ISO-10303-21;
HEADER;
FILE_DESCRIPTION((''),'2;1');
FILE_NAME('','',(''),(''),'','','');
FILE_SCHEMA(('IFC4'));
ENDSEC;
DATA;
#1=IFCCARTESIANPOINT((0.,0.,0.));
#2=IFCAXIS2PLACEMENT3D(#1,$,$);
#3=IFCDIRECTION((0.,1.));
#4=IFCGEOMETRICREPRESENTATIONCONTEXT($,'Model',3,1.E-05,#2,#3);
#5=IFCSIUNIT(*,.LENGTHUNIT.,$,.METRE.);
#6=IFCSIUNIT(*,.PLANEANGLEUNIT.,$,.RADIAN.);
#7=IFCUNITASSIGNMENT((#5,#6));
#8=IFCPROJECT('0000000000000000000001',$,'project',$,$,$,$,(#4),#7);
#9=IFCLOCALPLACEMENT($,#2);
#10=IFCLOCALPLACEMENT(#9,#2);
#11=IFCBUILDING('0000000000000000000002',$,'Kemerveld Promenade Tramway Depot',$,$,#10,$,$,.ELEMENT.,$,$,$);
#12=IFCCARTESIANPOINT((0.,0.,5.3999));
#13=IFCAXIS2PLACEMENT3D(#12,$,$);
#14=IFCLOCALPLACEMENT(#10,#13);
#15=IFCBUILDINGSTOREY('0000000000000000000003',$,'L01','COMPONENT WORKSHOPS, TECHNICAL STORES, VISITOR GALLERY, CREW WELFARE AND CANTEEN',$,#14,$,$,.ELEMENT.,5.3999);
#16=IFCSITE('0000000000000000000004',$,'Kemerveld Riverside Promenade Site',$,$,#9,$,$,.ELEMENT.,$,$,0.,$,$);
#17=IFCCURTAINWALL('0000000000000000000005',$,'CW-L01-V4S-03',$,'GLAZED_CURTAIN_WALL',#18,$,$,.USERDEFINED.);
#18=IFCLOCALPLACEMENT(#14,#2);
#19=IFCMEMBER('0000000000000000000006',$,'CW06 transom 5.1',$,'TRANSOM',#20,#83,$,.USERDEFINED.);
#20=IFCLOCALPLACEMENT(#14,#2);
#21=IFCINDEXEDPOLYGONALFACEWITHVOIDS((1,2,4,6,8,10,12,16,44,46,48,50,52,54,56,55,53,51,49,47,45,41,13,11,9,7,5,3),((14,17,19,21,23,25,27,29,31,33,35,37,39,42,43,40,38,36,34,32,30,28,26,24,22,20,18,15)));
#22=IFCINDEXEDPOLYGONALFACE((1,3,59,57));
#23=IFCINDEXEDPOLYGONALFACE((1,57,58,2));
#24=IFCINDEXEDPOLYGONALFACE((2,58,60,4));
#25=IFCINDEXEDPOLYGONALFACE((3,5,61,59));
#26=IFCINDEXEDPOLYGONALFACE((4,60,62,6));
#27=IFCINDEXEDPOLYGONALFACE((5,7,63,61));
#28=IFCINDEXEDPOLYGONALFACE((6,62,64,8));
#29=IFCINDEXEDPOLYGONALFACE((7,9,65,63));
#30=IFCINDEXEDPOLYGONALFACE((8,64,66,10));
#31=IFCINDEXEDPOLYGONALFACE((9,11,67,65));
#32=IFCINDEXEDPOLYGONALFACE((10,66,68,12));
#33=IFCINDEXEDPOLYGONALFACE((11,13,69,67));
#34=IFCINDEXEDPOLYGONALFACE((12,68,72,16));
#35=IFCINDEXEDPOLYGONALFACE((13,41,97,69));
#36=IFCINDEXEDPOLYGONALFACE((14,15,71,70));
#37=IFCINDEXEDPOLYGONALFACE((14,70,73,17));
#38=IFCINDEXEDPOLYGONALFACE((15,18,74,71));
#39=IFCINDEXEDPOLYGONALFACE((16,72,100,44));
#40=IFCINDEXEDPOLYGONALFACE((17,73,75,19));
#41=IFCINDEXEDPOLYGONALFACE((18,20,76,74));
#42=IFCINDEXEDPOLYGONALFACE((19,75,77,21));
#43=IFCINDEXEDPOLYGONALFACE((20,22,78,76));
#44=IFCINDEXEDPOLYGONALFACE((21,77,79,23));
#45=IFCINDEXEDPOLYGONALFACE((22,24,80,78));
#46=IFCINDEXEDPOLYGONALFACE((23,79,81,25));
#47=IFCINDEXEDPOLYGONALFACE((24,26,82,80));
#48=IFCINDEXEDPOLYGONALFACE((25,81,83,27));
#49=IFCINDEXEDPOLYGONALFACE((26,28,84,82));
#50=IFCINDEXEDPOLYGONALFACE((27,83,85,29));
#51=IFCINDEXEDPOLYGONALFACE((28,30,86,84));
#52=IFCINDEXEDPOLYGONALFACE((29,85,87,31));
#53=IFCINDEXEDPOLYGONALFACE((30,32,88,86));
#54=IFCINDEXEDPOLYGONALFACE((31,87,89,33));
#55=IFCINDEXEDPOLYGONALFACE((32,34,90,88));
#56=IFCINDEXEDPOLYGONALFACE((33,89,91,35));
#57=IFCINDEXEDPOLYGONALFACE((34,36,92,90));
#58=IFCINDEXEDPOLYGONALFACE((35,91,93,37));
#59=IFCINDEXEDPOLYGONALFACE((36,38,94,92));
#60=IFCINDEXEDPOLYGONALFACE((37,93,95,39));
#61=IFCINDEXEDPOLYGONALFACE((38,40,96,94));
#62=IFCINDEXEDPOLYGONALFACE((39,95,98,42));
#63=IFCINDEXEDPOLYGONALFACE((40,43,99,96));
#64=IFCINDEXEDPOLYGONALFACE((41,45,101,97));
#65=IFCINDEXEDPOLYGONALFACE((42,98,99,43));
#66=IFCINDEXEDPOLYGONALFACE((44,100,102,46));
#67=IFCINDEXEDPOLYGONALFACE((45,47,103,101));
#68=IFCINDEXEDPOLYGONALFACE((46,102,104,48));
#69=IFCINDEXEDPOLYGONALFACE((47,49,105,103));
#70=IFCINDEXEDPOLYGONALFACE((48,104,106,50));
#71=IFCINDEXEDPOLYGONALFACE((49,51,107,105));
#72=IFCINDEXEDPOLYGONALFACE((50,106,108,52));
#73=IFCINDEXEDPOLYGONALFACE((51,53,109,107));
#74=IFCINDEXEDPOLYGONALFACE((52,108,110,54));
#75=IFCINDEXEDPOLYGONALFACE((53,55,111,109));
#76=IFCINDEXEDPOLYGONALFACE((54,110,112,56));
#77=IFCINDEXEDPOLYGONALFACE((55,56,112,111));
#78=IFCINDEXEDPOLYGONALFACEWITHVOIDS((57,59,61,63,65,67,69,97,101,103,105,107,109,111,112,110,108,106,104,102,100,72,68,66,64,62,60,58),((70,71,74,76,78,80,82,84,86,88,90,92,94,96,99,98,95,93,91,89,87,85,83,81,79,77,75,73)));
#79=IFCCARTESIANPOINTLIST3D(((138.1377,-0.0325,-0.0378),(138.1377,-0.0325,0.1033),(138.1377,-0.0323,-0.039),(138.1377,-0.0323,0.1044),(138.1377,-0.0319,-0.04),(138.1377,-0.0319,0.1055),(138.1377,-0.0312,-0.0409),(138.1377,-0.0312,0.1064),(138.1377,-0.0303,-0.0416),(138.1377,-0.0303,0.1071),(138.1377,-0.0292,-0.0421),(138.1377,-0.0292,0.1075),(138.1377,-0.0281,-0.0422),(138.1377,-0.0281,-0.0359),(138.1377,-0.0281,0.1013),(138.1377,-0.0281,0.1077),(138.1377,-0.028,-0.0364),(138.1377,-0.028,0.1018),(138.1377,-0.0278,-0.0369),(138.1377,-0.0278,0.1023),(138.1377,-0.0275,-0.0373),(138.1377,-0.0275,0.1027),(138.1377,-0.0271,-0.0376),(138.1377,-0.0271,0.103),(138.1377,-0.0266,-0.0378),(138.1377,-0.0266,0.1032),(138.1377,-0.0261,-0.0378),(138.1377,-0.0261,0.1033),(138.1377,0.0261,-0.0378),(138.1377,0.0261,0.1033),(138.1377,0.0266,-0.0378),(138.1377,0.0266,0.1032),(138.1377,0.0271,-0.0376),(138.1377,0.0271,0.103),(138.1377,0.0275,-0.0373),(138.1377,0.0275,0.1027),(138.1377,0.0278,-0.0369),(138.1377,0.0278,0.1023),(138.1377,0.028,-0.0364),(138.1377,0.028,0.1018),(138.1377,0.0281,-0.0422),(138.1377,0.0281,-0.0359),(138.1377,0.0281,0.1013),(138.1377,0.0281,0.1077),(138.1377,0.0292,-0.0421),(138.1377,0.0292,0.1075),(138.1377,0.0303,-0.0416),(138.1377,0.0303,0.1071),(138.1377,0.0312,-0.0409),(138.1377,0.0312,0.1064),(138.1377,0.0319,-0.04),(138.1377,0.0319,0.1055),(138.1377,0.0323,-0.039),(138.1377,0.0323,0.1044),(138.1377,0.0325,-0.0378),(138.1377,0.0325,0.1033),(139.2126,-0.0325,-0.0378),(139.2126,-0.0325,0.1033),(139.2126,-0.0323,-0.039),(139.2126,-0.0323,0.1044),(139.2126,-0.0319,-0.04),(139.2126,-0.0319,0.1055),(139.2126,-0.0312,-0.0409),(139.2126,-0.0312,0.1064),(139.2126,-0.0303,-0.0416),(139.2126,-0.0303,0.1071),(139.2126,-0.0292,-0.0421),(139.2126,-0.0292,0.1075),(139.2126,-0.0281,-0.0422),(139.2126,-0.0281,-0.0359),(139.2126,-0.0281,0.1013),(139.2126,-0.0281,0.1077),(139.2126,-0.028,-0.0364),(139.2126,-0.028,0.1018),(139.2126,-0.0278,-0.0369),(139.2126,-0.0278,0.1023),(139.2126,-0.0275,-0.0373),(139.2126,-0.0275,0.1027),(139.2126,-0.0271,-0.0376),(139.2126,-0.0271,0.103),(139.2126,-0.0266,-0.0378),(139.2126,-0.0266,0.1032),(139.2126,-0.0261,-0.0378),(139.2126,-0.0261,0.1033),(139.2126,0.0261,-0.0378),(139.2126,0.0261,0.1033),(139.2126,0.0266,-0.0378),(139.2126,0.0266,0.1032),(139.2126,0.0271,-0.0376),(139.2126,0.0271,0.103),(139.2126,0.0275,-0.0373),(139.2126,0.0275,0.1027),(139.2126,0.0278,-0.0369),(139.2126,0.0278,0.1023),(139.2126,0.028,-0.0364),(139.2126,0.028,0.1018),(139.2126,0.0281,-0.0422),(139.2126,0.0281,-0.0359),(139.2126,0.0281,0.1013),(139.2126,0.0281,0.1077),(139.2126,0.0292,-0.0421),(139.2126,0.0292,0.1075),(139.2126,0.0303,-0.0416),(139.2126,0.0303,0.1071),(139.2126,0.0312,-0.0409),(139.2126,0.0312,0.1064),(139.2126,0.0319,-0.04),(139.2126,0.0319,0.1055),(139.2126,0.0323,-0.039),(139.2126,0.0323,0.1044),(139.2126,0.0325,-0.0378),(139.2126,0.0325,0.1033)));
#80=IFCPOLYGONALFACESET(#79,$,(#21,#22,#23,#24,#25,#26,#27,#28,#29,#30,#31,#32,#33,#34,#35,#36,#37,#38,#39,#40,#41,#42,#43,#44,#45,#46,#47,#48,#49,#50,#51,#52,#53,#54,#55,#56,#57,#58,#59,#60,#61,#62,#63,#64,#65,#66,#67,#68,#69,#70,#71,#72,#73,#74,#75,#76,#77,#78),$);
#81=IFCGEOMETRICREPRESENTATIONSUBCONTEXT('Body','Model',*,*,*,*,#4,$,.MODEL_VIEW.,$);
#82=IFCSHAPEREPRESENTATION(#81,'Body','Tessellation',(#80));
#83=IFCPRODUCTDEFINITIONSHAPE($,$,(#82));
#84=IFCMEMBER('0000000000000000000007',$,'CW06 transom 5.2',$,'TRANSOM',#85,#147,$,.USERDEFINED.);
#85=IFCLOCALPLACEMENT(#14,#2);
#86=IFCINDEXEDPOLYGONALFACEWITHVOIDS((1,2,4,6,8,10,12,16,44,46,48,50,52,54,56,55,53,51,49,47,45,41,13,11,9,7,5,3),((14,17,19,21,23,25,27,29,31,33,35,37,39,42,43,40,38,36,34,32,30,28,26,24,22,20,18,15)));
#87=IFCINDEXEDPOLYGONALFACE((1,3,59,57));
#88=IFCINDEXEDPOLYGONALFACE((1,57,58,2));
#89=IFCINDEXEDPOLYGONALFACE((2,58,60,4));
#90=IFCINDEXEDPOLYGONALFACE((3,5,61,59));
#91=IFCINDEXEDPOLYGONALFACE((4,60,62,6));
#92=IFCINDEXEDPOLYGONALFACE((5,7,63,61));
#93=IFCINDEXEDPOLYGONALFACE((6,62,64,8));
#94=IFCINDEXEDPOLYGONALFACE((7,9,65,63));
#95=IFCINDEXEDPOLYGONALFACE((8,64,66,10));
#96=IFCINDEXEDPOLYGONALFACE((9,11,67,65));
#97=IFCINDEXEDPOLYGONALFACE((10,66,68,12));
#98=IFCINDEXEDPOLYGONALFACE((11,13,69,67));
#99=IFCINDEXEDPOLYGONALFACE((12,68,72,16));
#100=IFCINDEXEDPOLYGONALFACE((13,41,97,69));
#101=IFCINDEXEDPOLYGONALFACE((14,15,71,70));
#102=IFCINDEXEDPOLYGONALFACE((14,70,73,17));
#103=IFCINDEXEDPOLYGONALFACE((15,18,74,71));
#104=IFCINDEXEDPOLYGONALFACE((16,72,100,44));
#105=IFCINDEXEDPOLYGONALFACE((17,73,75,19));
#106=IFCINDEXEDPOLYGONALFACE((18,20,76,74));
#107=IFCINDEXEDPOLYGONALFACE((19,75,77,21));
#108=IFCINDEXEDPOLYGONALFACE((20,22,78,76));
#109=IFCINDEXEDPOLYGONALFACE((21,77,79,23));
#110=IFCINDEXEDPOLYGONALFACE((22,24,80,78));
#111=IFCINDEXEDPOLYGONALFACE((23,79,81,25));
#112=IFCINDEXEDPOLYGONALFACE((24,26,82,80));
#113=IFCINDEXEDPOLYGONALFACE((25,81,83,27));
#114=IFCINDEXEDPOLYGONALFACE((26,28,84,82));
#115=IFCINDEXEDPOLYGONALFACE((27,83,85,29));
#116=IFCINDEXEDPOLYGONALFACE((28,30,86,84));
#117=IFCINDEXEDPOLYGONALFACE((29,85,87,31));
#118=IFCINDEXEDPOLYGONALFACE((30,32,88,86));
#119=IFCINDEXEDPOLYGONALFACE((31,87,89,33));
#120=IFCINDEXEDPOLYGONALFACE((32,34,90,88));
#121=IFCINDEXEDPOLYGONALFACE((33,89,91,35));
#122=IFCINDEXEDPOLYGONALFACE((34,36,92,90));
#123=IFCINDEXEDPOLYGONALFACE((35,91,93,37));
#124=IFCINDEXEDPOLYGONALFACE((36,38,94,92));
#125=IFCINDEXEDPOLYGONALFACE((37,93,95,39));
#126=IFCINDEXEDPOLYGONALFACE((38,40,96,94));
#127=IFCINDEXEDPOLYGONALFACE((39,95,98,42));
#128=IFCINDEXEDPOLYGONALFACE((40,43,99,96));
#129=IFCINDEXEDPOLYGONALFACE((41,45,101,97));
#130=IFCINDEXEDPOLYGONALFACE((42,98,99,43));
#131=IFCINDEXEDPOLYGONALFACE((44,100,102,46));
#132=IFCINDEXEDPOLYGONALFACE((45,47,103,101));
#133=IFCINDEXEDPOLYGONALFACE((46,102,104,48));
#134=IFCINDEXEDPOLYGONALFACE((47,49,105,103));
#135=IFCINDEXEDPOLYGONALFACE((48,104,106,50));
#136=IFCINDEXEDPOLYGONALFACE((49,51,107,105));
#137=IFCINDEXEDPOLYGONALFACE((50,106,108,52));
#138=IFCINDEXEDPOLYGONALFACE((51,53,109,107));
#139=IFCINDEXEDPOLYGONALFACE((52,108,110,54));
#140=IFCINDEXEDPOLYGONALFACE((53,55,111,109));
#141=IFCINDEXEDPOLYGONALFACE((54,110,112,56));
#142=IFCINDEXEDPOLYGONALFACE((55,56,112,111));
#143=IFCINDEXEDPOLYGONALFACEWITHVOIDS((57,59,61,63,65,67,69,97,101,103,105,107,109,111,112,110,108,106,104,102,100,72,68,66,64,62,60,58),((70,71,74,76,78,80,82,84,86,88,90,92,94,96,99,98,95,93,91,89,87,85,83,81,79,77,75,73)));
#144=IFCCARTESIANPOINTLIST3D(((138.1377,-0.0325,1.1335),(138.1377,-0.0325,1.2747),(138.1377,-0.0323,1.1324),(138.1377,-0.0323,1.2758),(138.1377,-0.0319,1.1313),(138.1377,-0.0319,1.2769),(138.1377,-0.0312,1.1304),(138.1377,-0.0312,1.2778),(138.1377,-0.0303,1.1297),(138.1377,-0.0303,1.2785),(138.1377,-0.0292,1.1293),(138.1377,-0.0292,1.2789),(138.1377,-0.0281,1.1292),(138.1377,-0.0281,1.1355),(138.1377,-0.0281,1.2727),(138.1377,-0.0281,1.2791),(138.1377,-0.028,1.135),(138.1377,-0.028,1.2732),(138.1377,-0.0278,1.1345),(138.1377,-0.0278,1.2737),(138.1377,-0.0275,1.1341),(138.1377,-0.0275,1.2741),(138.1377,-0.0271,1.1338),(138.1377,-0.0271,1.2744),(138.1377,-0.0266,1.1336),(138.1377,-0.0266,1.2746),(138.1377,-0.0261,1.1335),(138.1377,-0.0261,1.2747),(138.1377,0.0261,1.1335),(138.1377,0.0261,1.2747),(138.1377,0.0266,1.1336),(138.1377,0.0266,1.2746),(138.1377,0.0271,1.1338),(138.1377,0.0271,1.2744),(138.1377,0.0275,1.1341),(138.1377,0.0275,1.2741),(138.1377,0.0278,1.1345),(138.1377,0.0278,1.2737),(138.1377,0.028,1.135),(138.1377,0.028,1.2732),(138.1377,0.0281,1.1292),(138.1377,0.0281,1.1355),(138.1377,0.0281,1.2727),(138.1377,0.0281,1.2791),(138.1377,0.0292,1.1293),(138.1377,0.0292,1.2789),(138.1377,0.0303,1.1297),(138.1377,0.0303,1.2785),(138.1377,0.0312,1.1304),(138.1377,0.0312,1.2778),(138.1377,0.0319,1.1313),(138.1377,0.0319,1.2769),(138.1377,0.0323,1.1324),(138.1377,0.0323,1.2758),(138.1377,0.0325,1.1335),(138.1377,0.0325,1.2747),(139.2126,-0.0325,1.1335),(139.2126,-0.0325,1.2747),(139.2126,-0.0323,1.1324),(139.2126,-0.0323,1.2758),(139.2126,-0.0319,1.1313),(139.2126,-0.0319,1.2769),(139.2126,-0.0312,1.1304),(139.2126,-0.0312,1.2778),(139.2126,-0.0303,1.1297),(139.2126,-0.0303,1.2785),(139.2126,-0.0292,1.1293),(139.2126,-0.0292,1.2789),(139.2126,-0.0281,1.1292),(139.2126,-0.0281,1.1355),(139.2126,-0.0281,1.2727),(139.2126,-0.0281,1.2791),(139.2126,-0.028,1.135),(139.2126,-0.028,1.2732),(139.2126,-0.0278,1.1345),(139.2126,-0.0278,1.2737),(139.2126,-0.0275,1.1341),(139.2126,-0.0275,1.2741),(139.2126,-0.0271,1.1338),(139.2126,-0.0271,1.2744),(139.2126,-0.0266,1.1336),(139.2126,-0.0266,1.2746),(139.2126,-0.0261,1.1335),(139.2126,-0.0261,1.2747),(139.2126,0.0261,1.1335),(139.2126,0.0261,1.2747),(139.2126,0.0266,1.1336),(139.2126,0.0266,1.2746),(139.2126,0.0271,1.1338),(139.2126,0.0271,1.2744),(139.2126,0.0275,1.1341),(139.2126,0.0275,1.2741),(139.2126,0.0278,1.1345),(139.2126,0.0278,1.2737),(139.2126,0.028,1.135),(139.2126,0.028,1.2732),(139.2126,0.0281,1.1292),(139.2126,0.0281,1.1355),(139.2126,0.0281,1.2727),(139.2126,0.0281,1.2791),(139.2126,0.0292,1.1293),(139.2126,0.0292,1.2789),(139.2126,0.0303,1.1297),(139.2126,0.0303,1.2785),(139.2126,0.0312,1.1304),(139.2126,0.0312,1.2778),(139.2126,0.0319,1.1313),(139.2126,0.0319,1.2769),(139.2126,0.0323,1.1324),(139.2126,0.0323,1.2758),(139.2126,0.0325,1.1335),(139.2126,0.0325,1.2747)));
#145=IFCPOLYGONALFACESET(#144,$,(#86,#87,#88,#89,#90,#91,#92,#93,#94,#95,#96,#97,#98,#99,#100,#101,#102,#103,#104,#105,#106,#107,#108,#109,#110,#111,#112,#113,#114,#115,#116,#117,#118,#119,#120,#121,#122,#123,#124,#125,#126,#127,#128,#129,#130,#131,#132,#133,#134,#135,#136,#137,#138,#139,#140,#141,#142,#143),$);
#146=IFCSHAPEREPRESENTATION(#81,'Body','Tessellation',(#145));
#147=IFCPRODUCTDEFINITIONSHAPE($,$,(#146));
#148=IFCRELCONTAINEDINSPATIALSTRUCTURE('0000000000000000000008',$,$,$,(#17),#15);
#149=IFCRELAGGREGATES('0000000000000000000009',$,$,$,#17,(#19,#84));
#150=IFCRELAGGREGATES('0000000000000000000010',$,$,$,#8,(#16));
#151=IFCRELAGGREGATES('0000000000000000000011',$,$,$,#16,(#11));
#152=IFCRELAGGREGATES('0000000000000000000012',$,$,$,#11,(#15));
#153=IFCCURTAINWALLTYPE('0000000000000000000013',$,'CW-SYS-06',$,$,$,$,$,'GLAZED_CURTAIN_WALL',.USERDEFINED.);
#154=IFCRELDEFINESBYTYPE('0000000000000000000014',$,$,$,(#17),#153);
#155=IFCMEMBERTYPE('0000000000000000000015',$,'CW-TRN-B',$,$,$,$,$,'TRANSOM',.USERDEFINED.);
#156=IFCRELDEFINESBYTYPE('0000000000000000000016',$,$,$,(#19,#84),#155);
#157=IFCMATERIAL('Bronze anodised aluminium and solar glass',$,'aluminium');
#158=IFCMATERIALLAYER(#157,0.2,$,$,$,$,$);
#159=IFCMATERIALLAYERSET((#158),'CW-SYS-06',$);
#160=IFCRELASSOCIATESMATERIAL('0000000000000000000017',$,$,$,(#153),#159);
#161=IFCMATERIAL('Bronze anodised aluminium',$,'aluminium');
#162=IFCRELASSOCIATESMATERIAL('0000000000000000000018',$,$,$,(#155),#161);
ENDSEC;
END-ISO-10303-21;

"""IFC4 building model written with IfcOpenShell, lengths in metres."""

from ifc_helpers import new_model, si_unit, direction, frame, origin, origin_2d, place, context, subcontext, project, spatial, hollow_rectangle, extrude, material, layer, layer_set, material_profile, profile_set, type_object, element, aggregate, save


model = new_model("IFC4")

# Units and contexts
model_context = context("Model", 3, precision=1e-05, world=origin(), true_north=direction((0.0, 1.0)))
body_context = subcontext(model_context, "Body", "Model", "MODEL_VIEW")
ifc_project = project(units=[si_unit("LENGTHUNIT", "METRE"), si_unit("PLANEANGLEUNIT", "RADIAN")], contexts=[model_context])

# Site, building, storey
site_placement = place(None, origin())
site = spatial("IfcSite", under=ifc_project, at=site_placement, Name="Kemerveld Riverside Promenade Site", CompositionType="ELEMENT", RefElevation=0.0)
building_placement = place(site_placement, origin())
building = spatial("IfcBuilding", under=site, at=building_placement, Name="Kemerveld Promenade Tramway Depot", CompositionType="ELEMENT")
storey_placement = place(building_placement, frame((0.0, 0.0, 5.3999)))
storey = spatial("IfcBuildingStorey", under=building, at=storey_placement, Name="L01", Description="COMPONENT WORKSHOPS, TECHNICAL STORES, VISITOR GALLERY, CREW WELFARE AND CANTEEN", CompositionType="ELEMENT", Elevation=5.3999)

# Curtain wall, members
ifc_material_1 = material(Name="Bronze anodised aluminium and solar glass", Category="aluminium")
ifc_layer_1 = layer(ifc_material_1, 0.2)
ifc_layer_set_1 = layer_set([ifc_layer_1], Name="CW-SYS-06")
curtain_wall_type = type_object("IfcCurtainWallType", Name="CW-SYS-06", ElementType="GLAZED_CURTAIN_WALL", PredefinedType="USERDEFINED", material=ifc_layer_set_1)
curtain_wall_placement = place(storey_placement, origin())
curtain_wall = element("IfcCurtainWall", 1, at=curtain_wall_placement, inside=storey, type_object=curtain_wall_type, Name="CW-L01-V4S-03", ObjectType="GLAZED_CURTAIN_WALL", PredefinedType="USERDEFINED")
ifc_material_2 = material(Name="Bronze anodised aluminium", Category="aluminium")
ifc_material_profile_1 = material_profile(ifc_material_2, hollow_rectangle(XDim=0.0649, YDim=0.1499, WallThickness=0.0044, InnerFilletRadius=0.002, OuterFilletRadius=0.0044, at=origin_2d()), Name="CW-TRN-150x65")
ifc_profile_set_1 = profile_set([ifc_material_profile_1], Name="Bronze anodised aluminium")
member_type_1 = type_object("IfcMemberType", Name="CW-TRN-B", ElementType="TRANSOM", PredefinedType="USERDEFINED", material=ifc_profile_set_1)
member_1_placement = place(storey_placement, frame((139.2126, 0.0, 0.0327), z_axis=(-1.0, 0.0, 0.0), x_axis=(0.0, -1.0, 0.0)))
member_1 = element("IfcMember", 2, at=member_1_placement, type_object=member_type_1, Name="CW06 transom 5.1", ObjectType="TRANSOM", PredefinedType="USERDEFINED", context=body_context, shape_type="SweptSolid", body=[
    extrude(hollow_rectangle(XDim=0.0649, YDim=0.1499, WallThickness=0.0044, InnerFilletRadius=0.002, OuterFilletRadius=0.0044, at=origin_2d()), origin(), (0.0, 0.0, 1.0), 1.075),
])
member_2_placement = place(storey_placement, frame((139.2126, 0.0, 1.2041), z_axis=(-1.0, 0.0, 0.0), x_axis=(0.0, -1.0, 0.0)))
member_2 = element("IfcMember", 3, at=member_2_placement, type_object=member_type_1, Name="CW06 transom 5.2", ObjectType="TRANSOM", PredefinedType="USERDEFINED", context=body_context, shape_type="SweptSolid", body=[
    extrude(hollow_rectangle(XDim=0.0649, YDim=0.1499, WallThickness=0.0044, InnerFilletRadius=0.002, OuterFilletRadius=0.0044, at=origin_2d()), origin(), (0.0, 0.0, 1.0), 1.075),
])
aggregate(curtain_wall, [member_1, member_2])

save(model, "model.ifc")
